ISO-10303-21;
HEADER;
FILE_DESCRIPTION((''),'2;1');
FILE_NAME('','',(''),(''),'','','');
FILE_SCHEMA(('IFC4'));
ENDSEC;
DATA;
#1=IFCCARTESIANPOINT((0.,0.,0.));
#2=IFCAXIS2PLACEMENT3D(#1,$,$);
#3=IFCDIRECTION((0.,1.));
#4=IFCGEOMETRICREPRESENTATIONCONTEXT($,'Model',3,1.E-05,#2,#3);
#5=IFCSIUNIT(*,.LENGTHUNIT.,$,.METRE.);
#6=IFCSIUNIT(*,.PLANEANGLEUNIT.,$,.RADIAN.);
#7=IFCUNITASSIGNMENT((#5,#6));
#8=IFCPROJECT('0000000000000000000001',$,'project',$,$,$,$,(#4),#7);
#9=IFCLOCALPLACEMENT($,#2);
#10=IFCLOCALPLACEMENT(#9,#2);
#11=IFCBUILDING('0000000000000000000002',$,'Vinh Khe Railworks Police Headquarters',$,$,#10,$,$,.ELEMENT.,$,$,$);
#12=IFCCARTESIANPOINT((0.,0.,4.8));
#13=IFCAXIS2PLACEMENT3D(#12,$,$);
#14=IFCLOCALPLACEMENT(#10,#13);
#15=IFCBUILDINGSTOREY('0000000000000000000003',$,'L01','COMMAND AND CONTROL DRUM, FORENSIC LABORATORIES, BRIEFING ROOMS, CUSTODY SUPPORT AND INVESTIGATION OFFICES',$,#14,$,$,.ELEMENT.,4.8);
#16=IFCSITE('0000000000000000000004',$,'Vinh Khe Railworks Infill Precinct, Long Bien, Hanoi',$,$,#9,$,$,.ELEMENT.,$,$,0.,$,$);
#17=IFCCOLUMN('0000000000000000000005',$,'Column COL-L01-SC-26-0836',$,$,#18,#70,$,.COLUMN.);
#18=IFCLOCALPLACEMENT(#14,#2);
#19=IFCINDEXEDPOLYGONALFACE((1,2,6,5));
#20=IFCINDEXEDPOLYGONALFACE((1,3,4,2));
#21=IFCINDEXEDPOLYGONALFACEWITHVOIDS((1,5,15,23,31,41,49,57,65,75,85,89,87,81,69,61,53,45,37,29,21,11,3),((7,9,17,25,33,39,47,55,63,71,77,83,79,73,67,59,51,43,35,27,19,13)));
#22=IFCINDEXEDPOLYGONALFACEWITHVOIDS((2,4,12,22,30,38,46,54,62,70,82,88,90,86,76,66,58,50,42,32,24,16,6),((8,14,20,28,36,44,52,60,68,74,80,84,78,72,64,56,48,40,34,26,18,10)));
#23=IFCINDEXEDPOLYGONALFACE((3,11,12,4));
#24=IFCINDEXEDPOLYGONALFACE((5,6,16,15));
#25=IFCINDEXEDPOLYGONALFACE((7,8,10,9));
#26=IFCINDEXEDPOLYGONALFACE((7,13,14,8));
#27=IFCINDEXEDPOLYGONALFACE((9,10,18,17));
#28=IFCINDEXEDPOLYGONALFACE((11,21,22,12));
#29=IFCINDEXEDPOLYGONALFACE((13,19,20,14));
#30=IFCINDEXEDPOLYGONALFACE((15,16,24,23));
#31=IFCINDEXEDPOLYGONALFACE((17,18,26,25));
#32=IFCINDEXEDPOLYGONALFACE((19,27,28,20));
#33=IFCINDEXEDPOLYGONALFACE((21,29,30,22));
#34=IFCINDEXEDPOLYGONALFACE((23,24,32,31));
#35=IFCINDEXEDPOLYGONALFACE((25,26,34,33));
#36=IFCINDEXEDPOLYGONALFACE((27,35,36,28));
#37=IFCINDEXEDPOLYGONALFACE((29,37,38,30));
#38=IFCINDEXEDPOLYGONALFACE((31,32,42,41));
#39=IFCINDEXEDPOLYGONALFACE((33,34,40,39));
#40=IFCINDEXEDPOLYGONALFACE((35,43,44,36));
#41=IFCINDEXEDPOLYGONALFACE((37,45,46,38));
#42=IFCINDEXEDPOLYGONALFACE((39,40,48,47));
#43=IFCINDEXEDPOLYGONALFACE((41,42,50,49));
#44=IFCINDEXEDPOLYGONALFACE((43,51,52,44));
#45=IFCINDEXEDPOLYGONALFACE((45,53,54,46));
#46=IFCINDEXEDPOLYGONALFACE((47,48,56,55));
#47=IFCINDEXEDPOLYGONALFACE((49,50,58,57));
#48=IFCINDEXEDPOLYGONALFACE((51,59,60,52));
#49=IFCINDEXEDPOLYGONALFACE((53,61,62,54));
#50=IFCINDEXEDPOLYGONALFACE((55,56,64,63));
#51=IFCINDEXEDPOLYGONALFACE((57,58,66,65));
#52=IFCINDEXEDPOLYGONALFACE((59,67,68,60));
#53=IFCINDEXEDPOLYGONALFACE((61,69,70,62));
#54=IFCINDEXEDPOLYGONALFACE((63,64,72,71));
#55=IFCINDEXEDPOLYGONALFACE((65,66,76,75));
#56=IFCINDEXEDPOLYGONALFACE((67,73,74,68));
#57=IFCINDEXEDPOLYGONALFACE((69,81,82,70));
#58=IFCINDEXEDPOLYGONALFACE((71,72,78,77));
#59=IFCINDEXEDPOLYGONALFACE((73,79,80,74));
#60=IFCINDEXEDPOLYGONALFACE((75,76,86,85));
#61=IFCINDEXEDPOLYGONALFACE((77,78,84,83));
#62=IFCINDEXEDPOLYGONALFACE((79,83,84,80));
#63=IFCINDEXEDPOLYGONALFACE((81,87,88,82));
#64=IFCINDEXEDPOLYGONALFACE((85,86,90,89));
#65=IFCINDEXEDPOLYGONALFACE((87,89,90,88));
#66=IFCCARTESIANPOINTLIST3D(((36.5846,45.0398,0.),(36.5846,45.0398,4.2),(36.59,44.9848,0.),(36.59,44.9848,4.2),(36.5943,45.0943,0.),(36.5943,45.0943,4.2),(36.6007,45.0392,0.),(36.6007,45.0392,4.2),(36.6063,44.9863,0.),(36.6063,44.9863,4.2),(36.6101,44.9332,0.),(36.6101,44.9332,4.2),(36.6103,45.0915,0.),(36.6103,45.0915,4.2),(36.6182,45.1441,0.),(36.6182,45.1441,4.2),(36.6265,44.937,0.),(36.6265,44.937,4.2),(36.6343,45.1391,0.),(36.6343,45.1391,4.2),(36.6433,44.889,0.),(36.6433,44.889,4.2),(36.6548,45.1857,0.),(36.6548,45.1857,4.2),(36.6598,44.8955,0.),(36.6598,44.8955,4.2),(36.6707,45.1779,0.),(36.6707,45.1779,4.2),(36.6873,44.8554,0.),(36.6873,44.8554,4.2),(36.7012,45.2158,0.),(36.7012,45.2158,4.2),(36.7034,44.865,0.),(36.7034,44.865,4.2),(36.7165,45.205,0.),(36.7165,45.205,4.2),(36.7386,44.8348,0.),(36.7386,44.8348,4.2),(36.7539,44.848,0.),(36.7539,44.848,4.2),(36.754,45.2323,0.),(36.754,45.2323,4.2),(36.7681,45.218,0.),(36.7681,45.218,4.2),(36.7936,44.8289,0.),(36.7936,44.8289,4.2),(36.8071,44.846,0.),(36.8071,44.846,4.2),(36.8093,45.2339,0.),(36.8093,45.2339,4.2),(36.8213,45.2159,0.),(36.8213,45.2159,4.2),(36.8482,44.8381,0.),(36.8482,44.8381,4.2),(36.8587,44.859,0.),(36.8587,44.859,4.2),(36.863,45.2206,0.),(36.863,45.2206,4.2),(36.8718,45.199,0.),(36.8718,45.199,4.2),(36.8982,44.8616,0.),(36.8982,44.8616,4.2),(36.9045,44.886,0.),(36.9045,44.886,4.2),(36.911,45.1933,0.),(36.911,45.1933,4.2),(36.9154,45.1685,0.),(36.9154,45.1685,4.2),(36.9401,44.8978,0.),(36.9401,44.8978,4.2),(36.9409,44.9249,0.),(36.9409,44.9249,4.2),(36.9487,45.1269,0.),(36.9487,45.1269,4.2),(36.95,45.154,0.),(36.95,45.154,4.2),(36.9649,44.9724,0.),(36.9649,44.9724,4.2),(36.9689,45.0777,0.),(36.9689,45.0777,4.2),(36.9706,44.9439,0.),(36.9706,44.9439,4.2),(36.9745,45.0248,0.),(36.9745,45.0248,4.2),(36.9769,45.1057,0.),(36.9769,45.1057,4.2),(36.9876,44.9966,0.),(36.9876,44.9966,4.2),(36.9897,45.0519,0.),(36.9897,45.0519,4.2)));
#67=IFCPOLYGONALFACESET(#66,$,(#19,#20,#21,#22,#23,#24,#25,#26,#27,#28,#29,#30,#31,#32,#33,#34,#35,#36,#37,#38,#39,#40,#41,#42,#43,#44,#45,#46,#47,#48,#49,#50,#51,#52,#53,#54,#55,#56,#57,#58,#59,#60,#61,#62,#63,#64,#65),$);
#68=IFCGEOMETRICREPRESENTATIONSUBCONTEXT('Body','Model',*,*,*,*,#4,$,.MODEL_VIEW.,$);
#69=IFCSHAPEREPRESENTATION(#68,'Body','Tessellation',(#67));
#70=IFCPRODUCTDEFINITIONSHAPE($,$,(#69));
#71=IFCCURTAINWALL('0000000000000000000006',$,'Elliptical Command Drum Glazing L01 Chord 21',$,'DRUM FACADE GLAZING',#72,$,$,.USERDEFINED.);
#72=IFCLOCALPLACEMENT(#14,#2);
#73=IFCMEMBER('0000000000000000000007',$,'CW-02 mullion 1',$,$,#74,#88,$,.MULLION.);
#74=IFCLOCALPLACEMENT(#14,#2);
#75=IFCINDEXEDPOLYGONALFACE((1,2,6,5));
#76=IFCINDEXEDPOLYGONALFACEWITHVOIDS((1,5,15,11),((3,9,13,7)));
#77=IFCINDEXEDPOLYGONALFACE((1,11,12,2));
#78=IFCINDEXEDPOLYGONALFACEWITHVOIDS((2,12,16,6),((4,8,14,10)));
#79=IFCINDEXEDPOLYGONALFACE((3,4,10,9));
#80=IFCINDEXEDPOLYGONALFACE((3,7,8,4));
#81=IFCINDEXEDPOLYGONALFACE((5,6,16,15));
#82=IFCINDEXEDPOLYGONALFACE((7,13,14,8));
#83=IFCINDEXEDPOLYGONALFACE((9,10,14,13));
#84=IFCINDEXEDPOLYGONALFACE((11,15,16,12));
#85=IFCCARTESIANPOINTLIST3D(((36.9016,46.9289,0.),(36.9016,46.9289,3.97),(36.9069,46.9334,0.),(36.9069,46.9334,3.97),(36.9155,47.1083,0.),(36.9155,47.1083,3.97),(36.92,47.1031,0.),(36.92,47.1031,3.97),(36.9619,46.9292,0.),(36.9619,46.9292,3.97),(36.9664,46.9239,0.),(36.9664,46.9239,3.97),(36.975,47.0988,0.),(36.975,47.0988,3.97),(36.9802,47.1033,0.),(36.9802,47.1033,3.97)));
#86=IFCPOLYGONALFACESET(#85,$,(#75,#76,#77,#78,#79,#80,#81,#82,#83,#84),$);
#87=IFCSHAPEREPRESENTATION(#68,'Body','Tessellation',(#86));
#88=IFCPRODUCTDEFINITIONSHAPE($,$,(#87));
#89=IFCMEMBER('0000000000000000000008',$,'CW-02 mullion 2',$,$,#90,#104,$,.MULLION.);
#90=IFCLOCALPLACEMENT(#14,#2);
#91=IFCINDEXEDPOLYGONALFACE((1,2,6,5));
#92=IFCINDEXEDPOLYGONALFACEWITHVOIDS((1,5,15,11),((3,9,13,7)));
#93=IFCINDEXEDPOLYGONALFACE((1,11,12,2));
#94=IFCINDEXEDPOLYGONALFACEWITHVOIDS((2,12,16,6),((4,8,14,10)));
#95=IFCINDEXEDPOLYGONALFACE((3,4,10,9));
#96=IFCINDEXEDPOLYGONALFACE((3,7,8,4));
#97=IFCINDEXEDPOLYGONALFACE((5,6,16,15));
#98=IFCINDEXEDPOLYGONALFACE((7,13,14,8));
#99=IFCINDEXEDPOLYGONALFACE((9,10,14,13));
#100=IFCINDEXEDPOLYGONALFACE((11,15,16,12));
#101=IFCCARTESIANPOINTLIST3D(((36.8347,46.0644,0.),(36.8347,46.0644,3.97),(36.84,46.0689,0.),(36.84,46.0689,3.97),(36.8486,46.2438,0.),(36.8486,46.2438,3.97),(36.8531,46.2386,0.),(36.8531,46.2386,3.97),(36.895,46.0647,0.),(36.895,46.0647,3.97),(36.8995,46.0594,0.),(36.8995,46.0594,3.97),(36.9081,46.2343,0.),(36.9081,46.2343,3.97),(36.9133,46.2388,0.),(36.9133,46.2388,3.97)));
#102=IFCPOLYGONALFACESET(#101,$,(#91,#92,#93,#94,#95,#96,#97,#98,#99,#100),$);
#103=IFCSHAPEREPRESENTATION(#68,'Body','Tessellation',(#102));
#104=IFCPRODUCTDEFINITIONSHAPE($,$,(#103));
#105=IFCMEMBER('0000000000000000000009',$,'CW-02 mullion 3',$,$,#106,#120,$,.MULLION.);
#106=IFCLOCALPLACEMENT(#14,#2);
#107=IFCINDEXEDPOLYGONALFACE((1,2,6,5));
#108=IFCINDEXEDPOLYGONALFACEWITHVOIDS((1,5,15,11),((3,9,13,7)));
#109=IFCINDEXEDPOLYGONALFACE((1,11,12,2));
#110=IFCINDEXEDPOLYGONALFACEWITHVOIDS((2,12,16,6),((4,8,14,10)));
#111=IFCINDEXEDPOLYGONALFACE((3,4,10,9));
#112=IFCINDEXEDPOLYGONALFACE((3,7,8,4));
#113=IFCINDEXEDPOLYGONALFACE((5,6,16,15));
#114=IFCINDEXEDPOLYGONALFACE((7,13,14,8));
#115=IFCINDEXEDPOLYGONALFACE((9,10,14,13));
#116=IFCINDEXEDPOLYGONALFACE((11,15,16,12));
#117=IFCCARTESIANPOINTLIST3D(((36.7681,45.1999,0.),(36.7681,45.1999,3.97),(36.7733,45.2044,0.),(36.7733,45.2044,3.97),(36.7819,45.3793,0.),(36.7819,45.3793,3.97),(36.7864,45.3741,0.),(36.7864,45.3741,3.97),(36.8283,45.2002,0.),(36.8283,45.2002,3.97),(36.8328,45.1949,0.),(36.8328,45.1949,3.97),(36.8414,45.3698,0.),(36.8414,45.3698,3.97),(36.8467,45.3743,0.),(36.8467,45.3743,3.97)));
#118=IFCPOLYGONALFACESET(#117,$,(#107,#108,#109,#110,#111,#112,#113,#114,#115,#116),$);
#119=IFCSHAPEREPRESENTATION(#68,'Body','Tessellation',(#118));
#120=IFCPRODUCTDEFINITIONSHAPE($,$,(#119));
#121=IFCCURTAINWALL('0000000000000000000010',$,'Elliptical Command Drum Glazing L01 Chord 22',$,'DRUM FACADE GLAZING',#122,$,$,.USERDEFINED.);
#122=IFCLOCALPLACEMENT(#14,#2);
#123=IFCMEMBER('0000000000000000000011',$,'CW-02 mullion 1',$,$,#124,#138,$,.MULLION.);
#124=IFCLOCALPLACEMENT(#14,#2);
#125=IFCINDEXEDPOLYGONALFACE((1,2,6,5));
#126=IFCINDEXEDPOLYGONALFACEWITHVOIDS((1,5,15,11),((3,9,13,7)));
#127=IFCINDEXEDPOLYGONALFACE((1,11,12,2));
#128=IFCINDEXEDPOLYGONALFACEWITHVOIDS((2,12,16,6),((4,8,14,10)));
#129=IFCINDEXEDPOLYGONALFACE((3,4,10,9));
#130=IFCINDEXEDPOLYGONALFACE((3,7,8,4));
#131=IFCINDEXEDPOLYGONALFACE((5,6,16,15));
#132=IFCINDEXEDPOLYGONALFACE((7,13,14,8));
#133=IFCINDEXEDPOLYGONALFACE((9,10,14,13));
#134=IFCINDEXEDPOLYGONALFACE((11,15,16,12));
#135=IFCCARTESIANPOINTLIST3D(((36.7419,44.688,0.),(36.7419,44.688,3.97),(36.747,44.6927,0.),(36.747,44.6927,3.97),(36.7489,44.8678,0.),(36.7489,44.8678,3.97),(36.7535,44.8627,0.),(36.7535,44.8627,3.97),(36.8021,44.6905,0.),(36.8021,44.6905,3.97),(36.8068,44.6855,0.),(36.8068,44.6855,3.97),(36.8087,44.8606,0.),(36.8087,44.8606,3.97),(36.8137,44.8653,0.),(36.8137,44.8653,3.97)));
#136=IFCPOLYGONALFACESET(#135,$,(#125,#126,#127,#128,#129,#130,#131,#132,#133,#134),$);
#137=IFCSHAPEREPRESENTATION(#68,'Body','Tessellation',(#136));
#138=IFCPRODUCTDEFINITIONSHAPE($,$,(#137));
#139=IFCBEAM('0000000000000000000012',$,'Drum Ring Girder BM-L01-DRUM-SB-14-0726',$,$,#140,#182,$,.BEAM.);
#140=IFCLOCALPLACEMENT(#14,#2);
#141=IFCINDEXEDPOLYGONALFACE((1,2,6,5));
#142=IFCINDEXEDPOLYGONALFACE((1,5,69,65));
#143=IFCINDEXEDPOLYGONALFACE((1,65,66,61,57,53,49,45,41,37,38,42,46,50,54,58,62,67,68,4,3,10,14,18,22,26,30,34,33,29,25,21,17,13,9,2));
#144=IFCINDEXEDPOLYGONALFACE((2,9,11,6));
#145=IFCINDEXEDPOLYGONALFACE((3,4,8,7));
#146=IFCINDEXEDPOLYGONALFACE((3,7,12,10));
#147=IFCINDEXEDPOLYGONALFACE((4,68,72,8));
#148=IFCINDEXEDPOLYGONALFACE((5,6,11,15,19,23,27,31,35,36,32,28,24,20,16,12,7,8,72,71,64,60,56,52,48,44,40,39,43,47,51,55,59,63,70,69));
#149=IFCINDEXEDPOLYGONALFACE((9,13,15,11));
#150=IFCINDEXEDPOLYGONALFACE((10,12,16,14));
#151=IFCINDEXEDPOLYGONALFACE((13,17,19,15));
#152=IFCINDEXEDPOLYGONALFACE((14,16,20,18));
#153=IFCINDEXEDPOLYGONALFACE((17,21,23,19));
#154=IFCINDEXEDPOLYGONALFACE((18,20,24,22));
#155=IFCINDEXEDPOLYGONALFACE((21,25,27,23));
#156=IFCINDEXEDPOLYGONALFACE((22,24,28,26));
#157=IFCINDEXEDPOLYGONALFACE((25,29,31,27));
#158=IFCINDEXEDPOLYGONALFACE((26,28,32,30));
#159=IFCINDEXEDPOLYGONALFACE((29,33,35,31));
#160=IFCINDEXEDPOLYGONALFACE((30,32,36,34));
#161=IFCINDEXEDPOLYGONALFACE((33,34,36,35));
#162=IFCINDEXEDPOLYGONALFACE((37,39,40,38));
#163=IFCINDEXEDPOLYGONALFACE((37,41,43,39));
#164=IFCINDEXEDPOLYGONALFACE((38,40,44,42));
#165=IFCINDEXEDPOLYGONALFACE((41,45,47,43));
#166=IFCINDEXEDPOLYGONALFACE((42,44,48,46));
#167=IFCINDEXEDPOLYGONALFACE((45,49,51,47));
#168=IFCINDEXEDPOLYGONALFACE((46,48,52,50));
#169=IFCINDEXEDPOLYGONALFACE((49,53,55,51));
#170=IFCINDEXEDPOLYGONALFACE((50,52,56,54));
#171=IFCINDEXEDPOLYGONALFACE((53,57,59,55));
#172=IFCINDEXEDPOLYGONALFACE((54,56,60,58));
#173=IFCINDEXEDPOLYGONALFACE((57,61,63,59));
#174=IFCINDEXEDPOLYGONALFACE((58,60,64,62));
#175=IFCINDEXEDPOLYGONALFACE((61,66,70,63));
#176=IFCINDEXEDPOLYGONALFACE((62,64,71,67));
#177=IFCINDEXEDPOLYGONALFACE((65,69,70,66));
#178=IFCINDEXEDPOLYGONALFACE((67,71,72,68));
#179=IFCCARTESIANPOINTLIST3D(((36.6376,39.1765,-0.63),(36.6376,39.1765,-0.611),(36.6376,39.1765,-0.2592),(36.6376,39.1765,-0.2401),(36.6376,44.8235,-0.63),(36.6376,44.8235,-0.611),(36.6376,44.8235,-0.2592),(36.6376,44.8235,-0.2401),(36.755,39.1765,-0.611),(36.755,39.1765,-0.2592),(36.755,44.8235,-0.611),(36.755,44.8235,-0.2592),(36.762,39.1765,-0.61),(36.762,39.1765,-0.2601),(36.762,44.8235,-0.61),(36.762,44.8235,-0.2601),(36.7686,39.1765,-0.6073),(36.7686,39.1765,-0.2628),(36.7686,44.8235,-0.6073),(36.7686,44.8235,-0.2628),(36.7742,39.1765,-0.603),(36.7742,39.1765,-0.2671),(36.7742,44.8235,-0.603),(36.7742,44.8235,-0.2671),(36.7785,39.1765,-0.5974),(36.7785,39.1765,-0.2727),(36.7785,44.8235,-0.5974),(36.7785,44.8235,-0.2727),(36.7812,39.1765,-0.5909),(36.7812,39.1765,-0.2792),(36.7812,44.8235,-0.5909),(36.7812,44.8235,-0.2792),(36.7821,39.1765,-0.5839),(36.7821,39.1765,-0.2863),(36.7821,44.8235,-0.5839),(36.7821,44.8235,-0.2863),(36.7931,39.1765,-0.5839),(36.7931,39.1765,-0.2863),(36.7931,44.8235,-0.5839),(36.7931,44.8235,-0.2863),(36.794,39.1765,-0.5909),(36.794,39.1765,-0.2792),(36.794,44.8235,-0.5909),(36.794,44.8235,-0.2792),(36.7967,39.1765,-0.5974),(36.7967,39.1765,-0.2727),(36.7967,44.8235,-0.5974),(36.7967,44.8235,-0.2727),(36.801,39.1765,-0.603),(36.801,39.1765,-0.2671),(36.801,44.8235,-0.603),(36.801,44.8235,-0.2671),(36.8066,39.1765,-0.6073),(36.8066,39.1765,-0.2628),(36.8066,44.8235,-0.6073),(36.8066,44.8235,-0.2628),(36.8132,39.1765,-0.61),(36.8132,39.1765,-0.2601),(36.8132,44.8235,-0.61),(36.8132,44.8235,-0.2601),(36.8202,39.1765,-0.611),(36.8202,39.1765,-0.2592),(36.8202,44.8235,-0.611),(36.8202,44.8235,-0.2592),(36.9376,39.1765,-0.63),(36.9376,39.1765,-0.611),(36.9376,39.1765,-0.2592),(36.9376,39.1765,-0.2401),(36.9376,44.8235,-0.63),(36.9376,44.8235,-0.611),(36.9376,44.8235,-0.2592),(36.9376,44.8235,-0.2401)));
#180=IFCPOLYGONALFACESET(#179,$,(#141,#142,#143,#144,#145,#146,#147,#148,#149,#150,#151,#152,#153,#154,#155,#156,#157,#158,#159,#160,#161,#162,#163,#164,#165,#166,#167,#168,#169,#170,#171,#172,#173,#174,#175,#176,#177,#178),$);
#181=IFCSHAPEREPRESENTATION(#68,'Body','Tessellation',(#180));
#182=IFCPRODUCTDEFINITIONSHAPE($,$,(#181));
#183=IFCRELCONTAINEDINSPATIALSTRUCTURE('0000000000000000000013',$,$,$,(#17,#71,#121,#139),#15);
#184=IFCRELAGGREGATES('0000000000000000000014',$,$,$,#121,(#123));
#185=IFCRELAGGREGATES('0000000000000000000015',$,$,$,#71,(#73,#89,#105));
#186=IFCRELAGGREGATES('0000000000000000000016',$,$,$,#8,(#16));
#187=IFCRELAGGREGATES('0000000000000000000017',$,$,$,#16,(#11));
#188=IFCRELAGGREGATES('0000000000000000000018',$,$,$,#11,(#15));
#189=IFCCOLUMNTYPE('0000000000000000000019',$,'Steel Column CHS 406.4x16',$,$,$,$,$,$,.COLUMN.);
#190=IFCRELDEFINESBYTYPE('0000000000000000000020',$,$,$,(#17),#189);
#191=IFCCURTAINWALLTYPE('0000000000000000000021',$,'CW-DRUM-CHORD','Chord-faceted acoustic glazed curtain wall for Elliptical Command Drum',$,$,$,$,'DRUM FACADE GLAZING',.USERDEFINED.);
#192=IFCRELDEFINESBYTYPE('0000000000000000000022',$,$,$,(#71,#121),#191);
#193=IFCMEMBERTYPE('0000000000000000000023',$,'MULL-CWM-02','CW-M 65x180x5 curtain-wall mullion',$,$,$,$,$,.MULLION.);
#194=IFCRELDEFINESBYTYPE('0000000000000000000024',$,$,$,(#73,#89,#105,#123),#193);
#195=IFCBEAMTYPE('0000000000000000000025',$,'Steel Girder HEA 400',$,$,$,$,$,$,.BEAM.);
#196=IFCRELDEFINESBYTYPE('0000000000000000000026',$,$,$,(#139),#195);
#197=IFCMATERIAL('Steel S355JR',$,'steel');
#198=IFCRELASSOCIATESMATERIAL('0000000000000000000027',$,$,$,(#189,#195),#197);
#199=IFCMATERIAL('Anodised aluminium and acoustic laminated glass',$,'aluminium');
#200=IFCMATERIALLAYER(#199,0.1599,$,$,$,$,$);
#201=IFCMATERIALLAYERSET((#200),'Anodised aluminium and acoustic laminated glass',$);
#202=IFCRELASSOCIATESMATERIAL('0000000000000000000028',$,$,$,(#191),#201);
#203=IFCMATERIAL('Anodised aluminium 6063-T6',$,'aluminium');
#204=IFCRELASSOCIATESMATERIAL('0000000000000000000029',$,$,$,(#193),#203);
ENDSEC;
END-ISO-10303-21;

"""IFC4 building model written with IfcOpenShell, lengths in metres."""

from ifc_helpers import new_model, si_unit, direction, frame, origin, origin_2d, place, context, subcontext, project, spatial, hollow_rectangle, hollow_circle, i_section, extrude, material, layer, layer_set, material_profile, profile_set, type_object, element, aggregate, save


model = new_model("IFC4")

# Units and contexts
model_context = context("Model", 3, precision=1e-05, world=origin(), true_north=direction((0.0, 1.0)))
body_context = subcontext(model_context, "Body", "Model", "MODEL_VIEW")
ifc_project = project(units=[si_unit("LENGTHUNIT", "METRE"), si_unit("PLANEANGLEUNIT", "RADIAN")], contexts=[model_context])

# Site, building, storey
site_placement = place(None, origin())
site = spatial("IfcSite", under=ifc_project, at=site_placement, Name="Vinh Khe Railworks Infill Precinct, Long Bien, Hanoi", CompositionType="ELEMENT", RefElevation=0.0)
building_placement = place(site_placement, origin())
building = spatial("IfcBuilding", under=site, at=building_placement, Name="Vinh Khe Railworks Police Headquarters", CompositionType="ELEMENT")
storey_placement = place(building_placement, frame((0.0, 0.0, 4.8)))
storey = spatial("IfcBuildingStorey", under=building, at=storey_placement, Name="L01", Description="COMMAND AND CONTROL DRUM, FORENSIC LABORATORIES, BRIEFING ROOMS, CUSTODY SUPPORT AND INVESTIGATION OFFICES", CompositionType="ELEMENT", Elevation=4.8)

# Column
ifc_material_1 = material(Name="Steel S355JR", Category="steel")
ifc_material_profile_1 = material_profile(ifc_material_1, hollow_circle(Radius=0.2031, WallThickness=0.0161, at=origin_2d()), Name="CHS 406.4x16")
ifc_profile_set_1 = profile_set([ifc_material_profile_1], Name="Steel S355JR")
column_type = type_object("IfcColumnType", Name="Steel Column CHS 406.4x16", PredefinedType="COLUMN", material=ifc_profile_set_1)
column_placement = place(storey_placement, frame((36.7876, 45.032, 0.0), z_axis=(0.0, 0.0, 1.0), x_axis=(-0.999256, 0.038562, 0.0)))
element("IfcColumn", 1, at=column_placement, inside=storey, type_object=column_type, Name="Column COL-L01-SC-26-0836", PredefinedType="COLUMN", context=body_context, shape_type="SweptSolid", body=[
    extrude(hollow_circle(Radius=0.2031, WallThickness=0.0161, at=origin_2d()), origin(), (0.0, 0.0, 1.0), 4.2),
])

# Curtain wall, members
ifc_material_2 = material(Name="Anodised aluminium and acoustic laminated glass", Category="aluminium")
ifc_layer_1 = layer(ifc_material_2, 0.1599)
ifc_layer_set_1 = layer_set([ifc_layer_1], Name="Anodised aluminium and acoustic laminated glass")
curtain_wall_type = type_object("IfcCurtainWallType", Name="CW-DRUM-CHORD", Description="Chord-faceted acoustic glazed curtain wall for Elliptical Command Drum", ElementType="DRUM FACADE GLAZING", PredefinedType="USERDEFINED", material=ifc_layer_set_1)
curtain_wall_1_placement = place(storey_placement, origin())
curtain_wall_1 = element("IfcCurtainWall", 2, at=curtain_wall_1_placement, inside=storey, type_object=curtain_wall_type, Name="Elliptical Command Drum Glazing L01 Chord 21", ObjectType="DRUM FACADE GLAZING", PredefinedType="USERDEFINED")
ifc_material_3 = material(Name="Anodised aluminium 6063-T6", Category="aluminium")
ifc_material_profile_2 = material_profile(ifc_material_3, hollow_rectangle(XDim=0.0649, YDim=0.1799, WallThickness=0.0049, at=origin_2d()), Name="CW-M 65x180x5")
ifc_profile_set_2 = profile_set([ifc_material_profile_2], Name="Anodised aluminium 6063-T6")
member_type_1 = type_object("IfcMemberType", Name="MULL-CWM-02", Description="CW-M 65x180x5 curtain-wall mullion", PredefinedType="MULLION", material=ifc_profile_set_2)
member_1_placement = place(storey_placement, frame((36.9409, 47.0161, 0.0), z_axis=(0.0, 0.0, 1.0), x_axis=(0.997033, -0.076972, 0.0)))
member_1 = element("IfcMember", 3, at=member_1_placement, type_object=member_type_1, Name="CW-02 mullion 1", PredefinedType="MULLION", context=body_context, shape_type="SweptSolid", body=[
    extrude(hollow_rectangle(XDim=0.0649, YDim=0.1799, WallThickness=0.0049, at=origin_2d()), origin(), (0.0, 0.0, 1.0), 3.97),
])
member_2_placement = place(storey_placement, frame((36.874, 46.1516, 0.0), z_axis=(0.0, 0.0, 1.0), x_axis=(0.997033, -0.076972, 0.0)))
member_2 = element("IfcMember", 4, at=member_2_placement, type_object=member_type_1, Name="CW-02 mullion 2", PredefinedType="MULLION", context=body_context, shape_type="SweptSolid", body=[
    extrude(hollow_rectangle(XDim=0.0649, YDim=0.1799, WallThickness=0.0049, at=origin_2d()), origin(), (0.0, 0.0, 1.0), 3.97),
])
member_3_placement = place(storey_placement, frame((36.8074, 45.2871, 0.0), z_axis=(0.0, 0.0, 1.0), x_axis=(0.997033, -0.076972, 0.0)))
member_3 = element("IfcMember", 5, at=member_3_placement, type_object=member_type_1, Name="CW-02 mullion 3", PredefinedType="MULLION", context=body_context, shape_type="SweptSolid", body=[
    extrude(hollow_rectangle(XDim=0.0649, YDim=0.1799, WallThickness=0.0049, at=origin_2d()), origin(), (0.0, 0.0, 1.0), 3.97),
])

# Curtain wall, member
curtain_wall_2_placement = place(storey_placement, origin())
curtain_wall_2 = element("IfcCurtainWall", 6, at=curtain_wall_2_placement, inside=storey, type_object=curtain_wall_type, Name="Elliptical Command Drum Glazing L01 Chord 22", ObjectType="DRUM FACADE GLAZING", PredefinedType="USERDEFINED")
member_4_placement = place(storey_placement, frame((36.7778, 44.7766, 0.0), z_axis=(0.0, 0.0, 1.0), x_axis=(0.999258, -0.038512, 0.0)))
member_4 = element("IfcMember", 7, at=member_4_placement, type_object=member_type_1, Name="CW-02 mullion 1", PredefinedType="MULLION", context=body_context, shape_type="SweptSolid", body=[
    extrude(hollow_rectangle(XDim=0.0649, YDim=0.1799, WallThickness=0.0049, at=origin_2d()), origin(), (0.0, 0.0, 1.0), 3.97),
])

# Beam
ifc_material_profile_3 = material_profile(ifc_material_1, i_section(OverallWidth=0.3, OverallDepth=0.3899, WebThickness=0.011, FlangeThickness=0.019, FilletRadius=0.0271, at=origin_2d()), Name="HEA 400")
ifc_profile_set_3 = profile_set([ifc_material_profile_3], Name="Steel S355JR")
beam_type = type_object("IfcBeamType", Name="Steel Girder HEA 400", PredefinedType="BEAM", material=ifc_profile_set_3)
beam_placement = place(storey_placement, frame((36.7876, 44.8235, -0.4351), z_axis=(0.0, -1.0, 0.0), x_axis=(1.0, 0.0, 0.0)))
element("IfcBeam", 8, at=beam_placement, inside=storey, type_object=beam_type, Name="Drum Ring Girder BM-L01-DRUM-SB-14-0726", PredefinedType="BEAM", context=body_context, shape_type="SweptSolid", body=[
    extrude(i_section(OverallWidth=0.3, OverallDepth=0.3899, WebThickness=0.011, FlangeThickness=0.019, FilletRadius=0.0271, at=origin_2d()), origin(), (0.0, 0.0, 1.0), 5.647),
])

aggregate(curtain_wall_2, [member_4])

aggregate(curtain_wall_1, [member_1, member_2, member_3])

save(model, "model.ifc")
